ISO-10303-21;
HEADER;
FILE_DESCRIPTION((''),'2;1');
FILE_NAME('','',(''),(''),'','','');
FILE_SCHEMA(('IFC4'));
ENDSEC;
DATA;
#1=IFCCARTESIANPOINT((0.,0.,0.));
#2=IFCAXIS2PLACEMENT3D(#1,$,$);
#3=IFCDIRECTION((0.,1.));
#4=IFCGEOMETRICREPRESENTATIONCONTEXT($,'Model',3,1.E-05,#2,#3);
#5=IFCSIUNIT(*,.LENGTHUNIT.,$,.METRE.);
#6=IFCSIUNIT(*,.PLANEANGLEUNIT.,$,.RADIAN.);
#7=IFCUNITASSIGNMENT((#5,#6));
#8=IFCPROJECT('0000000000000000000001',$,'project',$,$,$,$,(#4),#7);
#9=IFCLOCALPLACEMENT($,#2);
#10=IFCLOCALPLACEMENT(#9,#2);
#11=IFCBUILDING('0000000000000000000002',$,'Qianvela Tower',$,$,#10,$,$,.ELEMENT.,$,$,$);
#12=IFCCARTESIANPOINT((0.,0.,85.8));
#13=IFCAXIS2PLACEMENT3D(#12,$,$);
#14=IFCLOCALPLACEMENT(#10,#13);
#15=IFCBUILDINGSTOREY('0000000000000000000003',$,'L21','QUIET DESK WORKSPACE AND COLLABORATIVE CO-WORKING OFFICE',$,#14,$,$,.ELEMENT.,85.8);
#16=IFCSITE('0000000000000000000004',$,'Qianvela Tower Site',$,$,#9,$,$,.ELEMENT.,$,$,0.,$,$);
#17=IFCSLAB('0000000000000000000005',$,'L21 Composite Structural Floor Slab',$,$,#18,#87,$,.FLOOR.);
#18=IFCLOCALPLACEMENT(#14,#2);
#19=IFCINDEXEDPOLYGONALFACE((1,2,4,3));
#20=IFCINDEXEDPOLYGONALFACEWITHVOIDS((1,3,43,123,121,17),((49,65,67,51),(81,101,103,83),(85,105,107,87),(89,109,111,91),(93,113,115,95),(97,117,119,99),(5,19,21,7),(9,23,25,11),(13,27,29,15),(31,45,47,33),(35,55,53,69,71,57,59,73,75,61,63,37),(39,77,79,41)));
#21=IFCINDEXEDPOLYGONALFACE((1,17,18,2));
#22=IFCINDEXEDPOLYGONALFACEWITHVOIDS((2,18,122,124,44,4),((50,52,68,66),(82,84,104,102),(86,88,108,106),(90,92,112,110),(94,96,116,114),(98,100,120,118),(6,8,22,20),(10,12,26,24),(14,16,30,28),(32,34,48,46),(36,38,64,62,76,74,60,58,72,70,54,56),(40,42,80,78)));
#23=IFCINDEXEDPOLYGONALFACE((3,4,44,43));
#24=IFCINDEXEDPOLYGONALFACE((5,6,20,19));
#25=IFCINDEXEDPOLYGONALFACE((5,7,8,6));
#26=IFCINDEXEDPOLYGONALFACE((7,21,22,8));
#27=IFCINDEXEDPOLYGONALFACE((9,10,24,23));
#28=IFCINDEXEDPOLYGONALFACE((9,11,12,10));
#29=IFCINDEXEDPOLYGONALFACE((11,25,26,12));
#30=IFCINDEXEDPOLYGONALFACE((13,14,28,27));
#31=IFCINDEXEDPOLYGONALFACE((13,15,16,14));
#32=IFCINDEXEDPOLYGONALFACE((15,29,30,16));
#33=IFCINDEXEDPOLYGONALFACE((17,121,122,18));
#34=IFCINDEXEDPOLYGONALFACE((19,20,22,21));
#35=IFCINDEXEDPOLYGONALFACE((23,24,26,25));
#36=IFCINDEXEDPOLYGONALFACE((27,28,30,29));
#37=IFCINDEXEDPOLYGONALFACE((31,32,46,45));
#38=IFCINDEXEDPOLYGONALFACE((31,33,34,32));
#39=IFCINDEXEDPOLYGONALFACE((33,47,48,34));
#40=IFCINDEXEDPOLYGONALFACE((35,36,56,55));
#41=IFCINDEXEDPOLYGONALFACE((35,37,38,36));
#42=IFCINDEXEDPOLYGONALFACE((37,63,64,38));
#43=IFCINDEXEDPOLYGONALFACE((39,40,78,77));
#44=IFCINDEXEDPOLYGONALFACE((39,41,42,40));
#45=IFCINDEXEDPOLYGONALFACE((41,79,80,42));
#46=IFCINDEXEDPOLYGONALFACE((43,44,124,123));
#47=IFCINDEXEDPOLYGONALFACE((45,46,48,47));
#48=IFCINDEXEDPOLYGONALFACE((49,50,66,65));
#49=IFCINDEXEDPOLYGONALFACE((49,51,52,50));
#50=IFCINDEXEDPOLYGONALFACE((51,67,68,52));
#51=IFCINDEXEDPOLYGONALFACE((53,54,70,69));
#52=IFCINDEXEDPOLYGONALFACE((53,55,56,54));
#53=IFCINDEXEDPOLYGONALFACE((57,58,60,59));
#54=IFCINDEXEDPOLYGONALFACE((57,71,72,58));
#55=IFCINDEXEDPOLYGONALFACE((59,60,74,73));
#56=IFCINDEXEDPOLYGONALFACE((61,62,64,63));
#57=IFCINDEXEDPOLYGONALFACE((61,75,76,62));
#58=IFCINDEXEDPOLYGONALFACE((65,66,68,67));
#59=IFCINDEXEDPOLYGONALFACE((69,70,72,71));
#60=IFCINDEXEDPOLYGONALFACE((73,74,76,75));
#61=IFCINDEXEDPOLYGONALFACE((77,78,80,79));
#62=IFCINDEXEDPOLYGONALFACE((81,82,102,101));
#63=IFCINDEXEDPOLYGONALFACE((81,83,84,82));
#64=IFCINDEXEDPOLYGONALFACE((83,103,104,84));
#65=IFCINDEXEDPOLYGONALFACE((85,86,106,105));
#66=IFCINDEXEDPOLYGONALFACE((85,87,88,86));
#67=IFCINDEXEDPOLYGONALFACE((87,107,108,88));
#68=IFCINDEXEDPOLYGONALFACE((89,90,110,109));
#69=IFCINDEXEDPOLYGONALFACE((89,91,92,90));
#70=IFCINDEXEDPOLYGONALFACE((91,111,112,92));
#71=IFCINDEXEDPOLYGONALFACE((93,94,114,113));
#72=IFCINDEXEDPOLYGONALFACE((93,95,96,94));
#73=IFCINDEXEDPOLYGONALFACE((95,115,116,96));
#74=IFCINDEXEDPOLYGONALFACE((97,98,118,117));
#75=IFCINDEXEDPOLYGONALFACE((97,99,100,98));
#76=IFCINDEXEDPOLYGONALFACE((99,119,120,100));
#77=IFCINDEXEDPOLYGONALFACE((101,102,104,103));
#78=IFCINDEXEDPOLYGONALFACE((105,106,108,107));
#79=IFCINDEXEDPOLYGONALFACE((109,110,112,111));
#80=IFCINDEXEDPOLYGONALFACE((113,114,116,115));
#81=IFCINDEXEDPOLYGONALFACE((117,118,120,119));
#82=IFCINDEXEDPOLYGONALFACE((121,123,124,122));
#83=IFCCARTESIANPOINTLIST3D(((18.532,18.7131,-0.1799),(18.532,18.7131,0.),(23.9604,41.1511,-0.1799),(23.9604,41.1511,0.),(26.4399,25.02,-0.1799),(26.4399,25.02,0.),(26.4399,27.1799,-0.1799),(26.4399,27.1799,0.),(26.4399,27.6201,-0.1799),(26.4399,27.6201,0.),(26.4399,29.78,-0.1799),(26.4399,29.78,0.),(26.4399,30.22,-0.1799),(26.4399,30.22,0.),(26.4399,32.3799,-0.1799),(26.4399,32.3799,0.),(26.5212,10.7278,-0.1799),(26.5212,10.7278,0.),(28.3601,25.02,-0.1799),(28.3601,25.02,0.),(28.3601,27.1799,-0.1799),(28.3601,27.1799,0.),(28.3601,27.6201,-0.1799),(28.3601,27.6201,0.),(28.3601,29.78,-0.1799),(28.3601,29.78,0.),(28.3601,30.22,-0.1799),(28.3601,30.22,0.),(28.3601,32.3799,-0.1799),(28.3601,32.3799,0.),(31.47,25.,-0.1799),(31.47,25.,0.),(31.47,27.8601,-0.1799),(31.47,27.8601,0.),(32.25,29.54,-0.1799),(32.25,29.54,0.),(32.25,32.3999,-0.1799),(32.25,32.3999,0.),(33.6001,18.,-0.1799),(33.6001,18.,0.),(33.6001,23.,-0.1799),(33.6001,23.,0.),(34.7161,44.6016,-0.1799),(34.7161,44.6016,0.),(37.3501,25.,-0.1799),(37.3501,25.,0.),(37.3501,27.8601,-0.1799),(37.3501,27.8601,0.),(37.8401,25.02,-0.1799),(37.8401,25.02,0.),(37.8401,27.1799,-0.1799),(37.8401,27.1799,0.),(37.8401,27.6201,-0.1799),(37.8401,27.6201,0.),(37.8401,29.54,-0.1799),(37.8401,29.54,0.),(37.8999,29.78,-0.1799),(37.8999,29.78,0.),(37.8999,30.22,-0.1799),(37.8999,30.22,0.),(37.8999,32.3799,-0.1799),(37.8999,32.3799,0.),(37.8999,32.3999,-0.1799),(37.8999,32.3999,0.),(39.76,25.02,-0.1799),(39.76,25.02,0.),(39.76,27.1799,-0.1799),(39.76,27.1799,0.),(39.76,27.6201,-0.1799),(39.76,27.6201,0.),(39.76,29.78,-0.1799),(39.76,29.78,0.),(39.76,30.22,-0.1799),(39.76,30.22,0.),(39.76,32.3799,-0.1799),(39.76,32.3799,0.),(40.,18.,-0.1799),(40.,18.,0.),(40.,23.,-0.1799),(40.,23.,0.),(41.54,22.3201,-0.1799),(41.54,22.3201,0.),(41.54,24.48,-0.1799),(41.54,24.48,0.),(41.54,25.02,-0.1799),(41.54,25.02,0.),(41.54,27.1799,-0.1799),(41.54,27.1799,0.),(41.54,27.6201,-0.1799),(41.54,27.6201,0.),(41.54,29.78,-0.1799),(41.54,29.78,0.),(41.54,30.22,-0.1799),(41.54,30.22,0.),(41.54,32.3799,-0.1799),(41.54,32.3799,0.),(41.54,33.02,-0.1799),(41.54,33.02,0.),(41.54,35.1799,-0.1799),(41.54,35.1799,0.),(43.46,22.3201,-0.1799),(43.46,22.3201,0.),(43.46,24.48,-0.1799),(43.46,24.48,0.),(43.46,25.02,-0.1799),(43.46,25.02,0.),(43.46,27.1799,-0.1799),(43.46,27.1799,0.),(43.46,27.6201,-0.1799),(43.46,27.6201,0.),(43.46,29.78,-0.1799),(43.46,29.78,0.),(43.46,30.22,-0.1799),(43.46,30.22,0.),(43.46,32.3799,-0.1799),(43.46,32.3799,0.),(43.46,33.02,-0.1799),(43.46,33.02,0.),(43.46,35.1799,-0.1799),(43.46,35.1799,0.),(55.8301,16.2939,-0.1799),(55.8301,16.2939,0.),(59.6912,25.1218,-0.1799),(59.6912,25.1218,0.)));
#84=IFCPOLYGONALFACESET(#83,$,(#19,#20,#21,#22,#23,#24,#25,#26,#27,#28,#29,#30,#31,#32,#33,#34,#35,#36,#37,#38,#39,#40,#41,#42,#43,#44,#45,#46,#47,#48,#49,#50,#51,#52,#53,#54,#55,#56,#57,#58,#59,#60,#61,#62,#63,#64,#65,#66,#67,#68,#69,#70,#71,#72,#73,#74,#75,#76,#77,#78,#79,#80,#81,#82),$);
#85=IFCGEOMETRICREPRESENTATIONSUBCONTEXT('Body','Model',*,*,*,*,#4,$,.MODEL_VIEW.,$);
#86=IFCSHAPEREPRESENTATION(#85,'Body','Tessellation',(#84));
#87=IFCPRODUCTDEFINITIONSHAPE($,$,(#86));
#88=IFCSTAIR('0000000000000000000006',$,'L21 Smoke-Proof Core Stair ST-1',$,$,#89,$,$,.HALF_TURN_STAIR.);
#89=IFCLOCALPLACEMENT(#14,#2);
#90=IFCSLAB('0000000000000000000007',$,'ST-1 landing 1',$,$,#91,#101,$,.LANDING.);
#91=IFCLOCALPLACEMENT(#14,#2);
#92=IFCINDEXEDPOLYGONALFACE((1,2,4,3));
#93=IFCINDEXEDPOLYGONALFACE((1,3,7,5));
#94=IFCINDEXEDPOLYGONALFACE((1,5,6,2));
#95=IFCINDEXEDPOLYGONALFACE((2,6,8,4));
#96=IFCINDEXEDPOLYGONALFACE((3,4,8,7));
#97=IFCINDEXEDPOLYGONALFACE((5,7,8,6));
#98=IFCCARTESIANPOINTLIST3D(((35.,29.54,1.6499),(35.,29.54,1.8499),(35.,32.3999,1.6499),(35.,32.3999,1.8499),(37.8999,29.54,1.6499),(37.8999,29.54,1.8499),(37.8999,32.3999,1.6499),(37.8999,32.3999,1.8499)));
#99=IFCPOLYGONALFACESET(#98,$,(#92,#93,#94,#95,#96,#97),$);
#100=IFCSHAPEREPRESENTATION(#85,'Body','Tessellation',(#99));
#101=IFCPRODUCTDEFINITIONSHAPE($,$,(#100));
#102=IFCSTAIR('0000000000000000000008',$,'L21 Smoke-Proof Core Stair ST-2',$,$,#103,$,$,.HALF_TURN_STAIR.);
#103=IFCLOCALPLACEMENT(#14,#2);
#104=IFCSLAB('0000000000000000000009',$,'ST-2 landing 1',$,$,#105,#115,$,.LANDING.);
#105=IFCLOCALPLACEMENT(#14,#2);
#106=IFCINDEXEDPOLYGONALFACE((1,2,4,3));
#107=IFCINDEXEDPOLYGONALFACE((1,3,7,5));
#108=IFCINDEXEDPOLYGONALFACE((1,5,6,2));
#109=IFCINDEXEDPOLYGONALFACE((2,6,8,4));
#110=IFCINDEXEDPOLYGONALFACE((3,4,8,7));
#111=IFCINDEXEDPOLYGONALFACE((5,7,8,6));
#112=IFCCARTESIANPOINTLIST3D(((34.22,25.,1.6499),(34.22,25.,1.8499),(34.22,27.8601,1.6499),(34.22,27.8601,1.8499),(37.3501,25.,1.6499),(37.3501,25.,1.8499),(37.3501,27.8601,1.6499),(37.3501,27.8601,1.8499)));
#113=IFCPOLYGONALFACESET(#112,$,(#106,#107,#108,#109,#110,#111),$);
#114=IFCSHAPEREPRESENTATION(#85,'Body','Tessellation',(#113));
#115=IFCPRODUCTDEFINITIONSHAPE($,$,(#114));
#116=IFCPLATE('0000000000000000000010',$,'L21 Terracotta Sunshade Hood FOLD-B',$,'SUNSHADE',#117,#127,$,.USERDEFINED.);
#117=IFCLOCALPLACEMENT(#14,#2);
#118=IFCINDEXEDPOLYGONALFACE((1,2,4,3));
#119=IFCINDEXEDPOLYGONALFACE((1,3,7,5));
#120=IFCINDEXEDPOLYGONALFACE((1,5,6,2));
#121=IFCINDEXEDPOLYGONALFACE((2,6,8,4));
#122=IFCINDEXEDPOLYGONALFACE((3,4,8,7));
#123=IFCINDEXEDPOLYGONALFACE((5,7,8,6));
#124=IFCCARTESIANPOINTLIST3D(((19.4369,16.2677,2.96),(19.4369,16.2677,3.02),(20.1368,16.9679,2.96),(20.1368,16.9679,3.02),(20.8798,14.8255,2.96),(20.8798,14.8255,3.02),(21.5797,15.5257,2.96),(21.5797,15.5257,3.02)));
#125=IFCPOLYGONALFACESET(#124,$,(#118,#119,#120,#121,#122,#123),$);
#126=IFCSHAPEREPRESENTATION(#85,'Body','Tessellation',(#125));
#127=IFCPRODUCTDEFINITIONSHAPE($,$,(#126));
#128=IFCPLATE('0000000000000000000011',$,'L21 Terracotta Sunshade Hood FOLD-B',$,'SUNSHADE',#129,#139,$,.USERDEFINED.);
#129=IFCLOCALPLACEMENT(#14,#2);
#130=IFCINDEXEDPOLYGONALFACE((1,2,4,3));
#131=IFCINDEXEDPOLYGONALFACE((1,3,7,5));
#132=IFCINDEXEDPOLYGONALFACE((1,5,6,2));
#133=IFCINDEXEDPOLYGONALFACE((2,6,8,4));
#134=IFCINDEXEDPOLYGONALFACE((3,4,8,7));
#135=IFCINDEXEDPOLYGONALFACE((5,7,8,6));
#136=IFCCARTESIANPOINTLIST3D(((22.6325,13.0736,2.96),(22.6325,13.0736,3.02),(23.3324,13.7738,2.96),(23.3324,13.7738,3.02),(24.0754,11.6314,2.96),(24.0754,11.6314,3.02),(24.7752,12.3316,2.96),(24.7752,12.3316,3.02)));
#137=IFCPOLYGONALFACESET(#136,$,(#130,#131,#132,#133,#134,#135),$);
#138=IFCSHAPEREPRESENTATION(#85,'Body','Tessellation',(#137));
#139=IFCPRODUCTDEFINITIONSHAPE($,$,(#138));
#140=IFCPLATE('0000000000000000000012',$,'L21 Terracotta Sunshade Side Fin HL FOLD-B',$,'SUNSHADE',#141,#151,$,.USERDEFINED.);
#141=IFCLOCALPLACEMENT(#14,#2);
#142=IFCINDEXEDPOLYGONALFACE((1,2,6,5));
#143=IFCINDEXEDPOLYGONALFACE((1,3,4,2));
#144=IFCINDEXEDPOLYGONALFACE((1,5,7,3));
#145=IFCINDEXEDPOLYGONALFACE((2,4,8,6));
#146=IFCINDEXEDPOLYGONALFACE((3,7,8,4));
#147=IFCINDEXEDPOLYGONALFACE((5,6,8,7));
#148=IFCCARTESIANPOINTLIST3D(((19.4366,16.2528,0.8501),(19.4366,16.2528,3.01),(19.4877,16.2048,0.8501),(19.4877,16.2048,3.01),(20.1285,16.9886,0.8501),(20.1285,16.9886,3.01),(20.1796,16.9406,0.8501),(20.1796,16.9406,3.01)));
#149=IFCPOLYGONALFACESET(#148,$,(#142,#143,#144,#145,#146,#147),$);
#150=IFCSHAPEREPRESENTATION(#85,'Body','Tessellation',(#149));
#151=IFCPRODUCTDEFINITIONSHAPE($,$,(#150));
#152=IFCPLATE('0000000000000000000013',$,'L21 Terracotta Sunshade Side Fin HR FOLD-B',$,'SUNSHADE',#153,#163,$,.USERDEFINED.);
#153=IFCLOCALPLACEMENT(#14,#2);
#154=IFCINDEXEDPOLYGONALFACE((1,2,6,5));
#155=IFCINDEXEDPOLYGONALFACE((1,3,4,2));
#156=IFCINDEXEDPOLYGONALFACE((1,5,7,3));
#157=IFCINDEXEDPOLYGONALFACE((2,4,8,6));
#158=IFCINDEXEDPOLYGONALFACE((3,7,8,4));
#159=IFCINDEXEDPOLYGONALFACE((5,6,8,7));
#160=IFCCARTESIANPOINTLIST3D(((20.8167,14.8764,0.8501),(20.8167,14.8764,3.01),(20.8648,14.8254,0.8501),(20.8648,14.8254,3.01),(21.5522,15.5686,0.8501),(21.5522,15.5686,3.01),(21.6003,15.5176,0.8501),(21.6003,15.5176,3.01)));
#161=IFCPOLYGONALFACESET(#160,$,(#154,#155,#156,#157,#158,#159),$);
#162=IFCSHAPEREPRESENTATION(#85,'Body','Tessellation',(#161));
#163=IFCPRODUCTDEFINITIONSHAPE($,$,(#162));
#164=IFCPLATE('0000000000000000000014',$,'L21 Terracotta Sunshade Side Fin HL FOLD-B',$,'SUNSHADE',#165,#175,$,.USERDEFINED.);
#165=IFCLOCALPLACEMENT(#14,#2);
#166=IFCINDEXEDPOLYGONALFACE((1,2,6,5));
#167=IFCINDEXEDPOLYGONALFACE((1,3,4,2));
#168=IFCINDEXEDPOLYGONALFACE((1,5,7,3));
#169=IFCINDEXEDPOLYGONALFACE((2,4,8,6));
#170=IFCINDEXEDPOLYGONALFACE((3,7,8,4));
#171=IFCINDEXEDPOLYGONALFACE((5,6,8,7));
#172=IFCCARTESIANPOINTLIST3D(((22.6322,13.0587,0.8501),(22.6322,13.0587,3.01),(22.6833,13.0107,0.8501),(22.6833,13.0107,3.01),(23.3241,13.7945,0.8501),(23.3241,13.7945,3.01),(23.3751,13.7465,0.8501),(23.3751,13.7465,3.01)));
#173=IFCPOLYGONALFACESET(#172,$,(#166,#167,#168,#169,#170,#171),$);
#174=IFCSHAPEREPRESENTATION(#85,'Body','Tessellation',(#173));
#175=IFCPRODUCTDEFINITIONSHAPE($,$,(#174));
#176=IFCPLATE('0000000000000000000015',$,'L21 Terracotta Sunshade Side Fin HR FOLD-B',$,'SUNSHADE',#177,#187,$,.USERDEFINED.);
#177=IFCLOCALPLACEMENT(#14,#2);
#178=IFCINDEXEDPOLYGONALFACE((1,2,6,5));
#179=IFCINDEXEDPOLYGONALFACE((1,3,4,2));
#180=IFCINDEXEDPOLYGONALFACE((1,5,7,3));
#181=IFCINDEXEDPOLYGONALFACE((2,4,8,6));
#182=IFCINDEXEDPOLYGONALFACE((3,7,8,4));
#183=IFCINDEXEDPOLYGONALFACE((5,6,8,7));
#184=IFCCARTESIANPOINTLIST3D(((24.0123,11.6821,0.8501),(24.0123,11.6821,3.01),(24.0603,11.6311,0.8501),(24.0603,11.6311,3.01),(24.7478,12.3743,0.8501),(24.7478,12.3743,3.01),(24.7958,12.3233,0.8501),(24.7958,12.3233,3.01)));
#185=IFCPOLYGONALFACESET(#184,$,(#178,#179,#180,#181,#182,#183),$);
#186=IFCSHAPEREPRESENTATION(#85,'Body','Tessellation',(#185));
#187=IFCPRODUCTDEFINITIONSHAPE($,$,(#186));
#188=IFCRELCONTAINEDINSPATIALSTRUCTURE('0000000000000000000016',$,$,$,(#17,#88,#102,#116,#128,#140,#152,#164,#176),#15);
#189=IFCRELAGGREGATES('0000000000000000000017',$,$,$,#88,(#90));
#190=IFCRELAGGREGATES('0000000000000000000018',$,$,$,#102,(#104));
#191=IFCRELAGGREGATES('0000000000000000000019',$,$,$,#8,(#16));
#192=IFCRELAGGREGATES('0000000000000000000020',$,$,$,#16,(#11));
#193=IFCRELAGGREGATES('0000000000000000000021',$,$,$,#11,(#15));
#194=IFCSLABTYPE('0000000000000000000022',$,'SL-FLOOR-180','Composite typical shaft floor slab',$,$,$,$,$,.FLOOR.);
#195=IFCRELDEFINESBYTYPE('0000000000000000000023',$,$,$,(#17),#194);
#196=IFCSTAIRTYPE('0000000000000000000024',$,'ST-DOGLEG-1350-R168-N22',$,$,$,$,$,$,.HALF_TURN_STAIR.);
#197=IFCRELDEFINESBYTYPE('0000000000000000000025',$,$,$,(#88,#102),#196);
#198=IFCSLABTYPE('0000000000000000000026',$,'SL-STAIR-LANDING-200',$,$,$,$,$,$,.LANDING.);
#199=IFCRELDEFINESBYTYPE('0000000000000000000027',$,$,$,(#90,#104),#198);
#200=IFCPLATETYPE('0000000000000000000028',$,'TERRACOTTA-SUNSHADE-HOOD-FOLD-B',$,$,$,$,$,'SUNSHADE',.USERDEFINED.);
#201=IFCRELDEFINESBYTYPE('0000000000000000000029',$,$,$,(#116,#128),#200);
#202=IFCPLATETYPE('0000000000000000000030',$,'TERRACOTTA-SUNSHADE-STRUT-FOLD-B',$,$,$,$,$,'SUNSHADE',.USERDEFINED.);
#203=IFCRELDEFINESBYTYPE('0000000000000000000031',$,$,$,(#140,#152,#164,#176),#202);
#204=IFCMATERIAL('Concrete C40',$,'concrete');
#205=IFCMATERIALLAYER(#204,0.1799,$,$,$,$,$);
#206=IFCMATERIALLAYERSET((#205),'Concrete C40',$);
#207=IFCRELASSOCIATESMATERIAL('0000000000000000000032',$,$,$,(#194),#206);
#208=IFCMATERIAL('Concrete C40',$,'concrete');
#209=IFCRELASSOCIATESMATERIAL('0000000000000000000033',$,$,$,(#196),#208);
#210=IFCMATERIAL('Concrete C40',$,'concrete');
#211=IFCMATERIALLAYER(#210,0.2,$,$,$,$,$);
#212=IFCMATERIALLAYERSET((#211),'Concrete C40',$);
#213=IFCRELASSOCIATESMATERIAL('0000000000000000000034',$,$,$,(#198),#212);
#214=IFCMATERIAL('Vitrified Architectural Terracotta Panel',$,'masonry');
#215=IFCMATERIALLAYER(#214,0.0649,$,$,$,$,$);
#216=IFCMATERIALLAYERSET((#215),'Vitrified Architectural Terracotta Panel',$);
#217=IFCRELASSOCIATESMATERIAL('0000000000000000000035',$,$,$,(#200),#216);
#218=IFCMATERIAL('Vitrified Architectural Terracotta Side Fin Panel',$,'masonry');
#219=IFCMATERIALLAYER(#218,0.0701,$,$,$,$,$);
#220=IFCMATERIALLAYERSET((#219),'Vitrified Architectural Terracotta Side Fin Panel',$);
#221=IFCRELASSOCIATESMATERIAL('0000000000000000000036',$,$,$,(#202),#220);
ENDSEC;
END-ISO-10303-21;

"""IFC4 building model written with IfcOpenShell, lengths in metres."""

from ifc_helpers import new_model, si_unit, direction, frame, origin, origin_2d, place, context, subcontext, project, spatial, polyline, rectangle, outline, extrude, material, layer, layer_set, type_object, element, aggregate, save


model = new_model("IFC4")

# Units and contexts
model_context = context("Model", 3, precision=1e-05, world=origin(), true_north=direction((0.0, 1.0)))
body_context = subcontext(model_context, "Body", "Model", "MODEL_VIEW")
ifc_project = project(units=[si_unit("LENGTHUNIT", "METRE"), si_unit("PLANEANGLEUNIT", "RADIAN")], contexts=[model_context])

# Site, building, storey
site_placement = place(None, origin())
site = spatial("IfcSite", under=ifc_project, at=site_placement, Name="Qianvela Tower Site", CompositionType="ELEMENT", RefElevation=0.0)
building_placement = place(site_placement, origin())
building = spatial("IfcBuilding", under=site, at=building_placement, Name="Qianvela Tower", CompositionType="ELEMENT")
storey_placement = place(building_placement, frame((0.0, 0.0, 85.8)))
storey = spatial("IfcBuildingStorey", under=building, at=storey_placement, Name="L21", Description="QUIET DESK WORKSPACE AND COLLABORATIVE CO-WORKING OFFICE", CompositionType="ELEMENT", Elevation=85.8)

# Slab
ifc_material_1 = material(Name="Concrete C40", Category="concrete")
ifc_layer_1 = layer(ifc_material_1, 0.1799)
ifc_layer_set_1 = layer_set([ifc_layer_1], Name="Concrete C40")
slab_type_1 = type_object("IfcSlabType", Name="SL-FLOOR-180", Description="Composite typical shaft floor slab", PredefinedType="FLOOR", material=ifc_layer_set_1)
slab_1_placement = place(storey_placement, frame((0.0, 0.0, -0.1799)))
element("IfcSlab", 1, at=slab_1_placement, inside=storey, type_object=slab_type_1, Name="L21 Composite Structural Floor Slab", PredefinedType="FLOOR", context=body_context, shape_type="SweptSolid", body=[
    extrude(outline(polyline([(55.8301, 16.2939), (59.6912, 25.1218), (34.7161, 44.6016), (23.9604, 41.1511), (18.532, 18.7131), (26.5212, 10.7278), (55.8301, 16.2939)]), holes=[polyline([(40.0, 23.0), (33.6001, 23.0), (33.6001, 18.0), (40.0, 18.0), (40.0, 23.0)]), polyline([(28.3601, 25.02), (28.3601, 27.1799), (26.4399, 27.1799), (26.4399, 25.02), (28.3601, 25.02)]), polyline([(37.3501, 25.0), (37.3501, 27.8601), (31.47, 27.8601), (31.47, 25.0), (37.3501, 25.0)]), polyline([(28.3601, 27.6201), (28.3601, 29.78), (26.4399, 29.78), (26.4399, 27.6201), (28.3601, 27.6201)]), polyline([(37.8999, 32.3799), (37.8999, 32.3999), (32.25, 32.3999), (32.25, 29.54), (37.8401, 29.54), (37.8401, 27.6201), (39.76, 27.6201), (39.76, 29.78), (37.8999, 29.78), (37.8999, 30.22), (39.76, 30.22), (39.76, 32.3799), (37.8999, 32.3799)]), polyline([(28.3601, 30.22), (28.3601, 32.3799), (26.4399, 32.3799), (26.4399, 30.22), (28.3601, 30.22)]), polyline([(43.46, 24.48), (41.54, 24.48), (41.54, 22.3201), (43.46, 22.3201), (43.46, 24.48)]), polyline([(39.76, 25.02), (39.76, 27.1799), (37.8401, 27.1799), (37.8401, 25.02), (39.76, 25.02)]), polyline([(43.46, 25.02), (43.46, 27.1799), (41.54, 27.1799), (41.54, 25.02), (43.46, 25.02)]), polyline([(43.46, 27.6201), (43.46, 29.78), (41.54, 29.78), (41.54, 27.6201), (43.46, 27.6201)]), polyline([(43.46, 30.22), (43.46, 32.3799), (41.54, 32.3799), (41.54, 30.22), (43.46, 30.22)]), polyline([(43.46, 33.02), (43.46, 35.1799), (41.54, 35.1799), (41.54, 33.02), (43.46, 33.02)])]), origin(), (0.0, 0.0, 1.0), 0.1799),
])

# Stairs, slabs
ifc_material_2 = material(Name="Concrete C40", Category="concrete")
stair_type = type_object("IfcStairType", Name="ST-DOGLEG-1350-R168-N22", PredefinedType="HALF_TURN_STAIR", material=ifc_material_2)
stair_1_placement = place(storey_placement, origin())
stair_1 = element("IfcStair", 2, at=stair_1_placement, inside=storey, type_object=stair_type, Name="L21 Smoke-Proof Core Stair ST-1", PredefinedType="HALF_TURN_STAIR")
ifc_material_3 = material(Name="Concrete C40", Category="concrete")
ifc_layer_2 = layer(ifc_material_3, 0.2)
ifc_layer_set_2 = layer_set([ifc_layer_2], Name="Concrete C40")
slab_type_2 = type_object("IfcSlabType", Name="SL-STAIR-LANDING-200", PredefinedType="LANDING", material=ifc_layer_set_2)
slab_2_placement = place(storey_placement, frame((0.0, 0.0, 1.6499)))
slab_2 = element("IfcSlab", 3, at=slab_2_placement, type_object=slab_type_2, Name="ST-1 landing 1", PredefinedType="LANDING", context=body_context, shape_type="SweptSolid", body=[
    extrude(outline(polyline([(35.0, 29.54), (37.8999, 29.54), (37.8999, 32.3999), (35.0, 32.3999), (35.0, 29.54)])), origin(), (0.0, 0.0, 1.0), 0.2),
])
aggregate(stair_1, [slab_2])
stair_2_placement = place(storey_placement, origin())
stair_2 = element("IfcStair", 4, at=stair_2_placement, inside=storey, type_object=stair_type, Name="L21 Smoke-Proof Core Stair ST-2", PredefinedType="HALF_TURN_STAIR")
slab_3_placement = place(storey_placement, frame((0.0, 0.0, 1.6499)))
slab_3 = element("IfcSlab", 5, at=slab_3_placement, type_object=slab_type_2, Name="ST-2 landing 1", PredefinedType="LANDING", context=body_context, shape_type="SweptSolid", body=[
    extrude(outline(polyline([(34.22, 25.0), (37.3501, 25.0), (37.3501, 27.8601), (34.22, 27.8601), (34.22, 25.0)])), origin(), (0.0, 0.0, 1.0), 0.2),
])
aggregate(stair_2, [slab_3])

# Plates
ifc_material_4 = material(Name="Vitrified Architectural Terracotta Panel", Category="masonry")
ifc_layer_3 = layer(ifc_material_4, 0.0649)
ifc_layer_set_3 = layer_set([ifc_layer_3], Name="Vitrified Architectural Terracotta Panel")
plate_type_1 = type_object("IfcPlateType", Name="TERRACOTTA-SUNSHADE-HOOD-FOLD-B", ElementType="SUNSHADE", PredefinedType="USERDEFINED", material=ifc_layer_set_3)
for number, where, z_axis, x_axis, name in (
    (6, (20.5083, 15.8967, 2.96), (0.0, 0.0, 1.0), (0.707275, -0.706939, 0.0), "L21 Terracotta Sunshade Hood FOLD-B"),
    (7, (23.7039, 12.7026, 2.96), (0.0, 0.0, 1.0), (0.707275, -0.706939, 0.0), "L21 Terracotta Sunshade Hood FOLD-B"),
):
    element("IfcPlate", number, at=place(storey_placement, frame(where, z_axis=z_axis, x_axis=x_axis)), inside=storey, type_object=plate_type_1, Name=name, ObjectType="SUNSHADE", PredefinedType="USERDEFINED", context=body_context, shape_type="SweptSolid", body=[
        extrude(rectangle(XDim=2.04, YDim=0.99, at=origin_2d()), origin(), (0.0, 0.0, 1.0), 0.0601),
    ])
ifc_material_5 = material(Name="Vitrified Architectural Terracotta Side Fin Panel", Category="masonry")
ifc_layer_4 = layer(ifc_material_5, 0.0701)
ifc_layer_set_4 = layer_set([ifc_layer_4], Name="Vitrified Architectural Terracotta Side Fin Panel")
plate_type_2 = type_object("IfcPlateType", Name="TERRACOTTA-SUNSHADE-STRUT-FOLD-B", ElementType="SUNSHADE", PredefinedType="USERDEFINED", material=ifc_layer_set_4)
for number, where, z_axis, x_axis, name in (
    (8, (19.8081, 16.5967, 0.8501), (0.0, 0.0, 1.0), (0.728534, -0.68501, 0.0), "L21 Terracotta Sunshade Side Fin HL FOLD-B"),
    (9, (21.2085, 15.197, 0.8501), (0.0, 0.0, 1.0), (0.685356, -0.728208, 0.0), "L21 Terracotta Sunshade Side Fin HR FOLD-B"),
    (10, (23.0037, 13.4026, 0.8501), (0.0, 0.0, 1.0), (0.728534, -0.68501, 0.0), "L21 Terracotta Sunshade Side Fin HL FOLD-B"),
    (11, (24.4041, 12.0027, 0.8501), (0.0, 0.0, 1.0), (0.685356, -0.728208, 0.0), "L21 Terracotta Sunshade Side Fin HR FOLD-B"),
):
    element("IfcPlate", number, at=place(storey_placement, frame(where, z_axis=z_axis, x_axis=x_axis)), inside=storey, type_object=plate_type_2, Name=name, ObjectType="SUNSHADE", PredefinedType="USERDEFINED", context=body_context, shape_type="SweptSolid", body=[
        extrude(rectangle(XDim=0.0701, YDim=1.01, at=origin_2d()), origin(), (0.0, 0.0, 1.0), 2.1599),
    ])

save(model, "model.ifc")
